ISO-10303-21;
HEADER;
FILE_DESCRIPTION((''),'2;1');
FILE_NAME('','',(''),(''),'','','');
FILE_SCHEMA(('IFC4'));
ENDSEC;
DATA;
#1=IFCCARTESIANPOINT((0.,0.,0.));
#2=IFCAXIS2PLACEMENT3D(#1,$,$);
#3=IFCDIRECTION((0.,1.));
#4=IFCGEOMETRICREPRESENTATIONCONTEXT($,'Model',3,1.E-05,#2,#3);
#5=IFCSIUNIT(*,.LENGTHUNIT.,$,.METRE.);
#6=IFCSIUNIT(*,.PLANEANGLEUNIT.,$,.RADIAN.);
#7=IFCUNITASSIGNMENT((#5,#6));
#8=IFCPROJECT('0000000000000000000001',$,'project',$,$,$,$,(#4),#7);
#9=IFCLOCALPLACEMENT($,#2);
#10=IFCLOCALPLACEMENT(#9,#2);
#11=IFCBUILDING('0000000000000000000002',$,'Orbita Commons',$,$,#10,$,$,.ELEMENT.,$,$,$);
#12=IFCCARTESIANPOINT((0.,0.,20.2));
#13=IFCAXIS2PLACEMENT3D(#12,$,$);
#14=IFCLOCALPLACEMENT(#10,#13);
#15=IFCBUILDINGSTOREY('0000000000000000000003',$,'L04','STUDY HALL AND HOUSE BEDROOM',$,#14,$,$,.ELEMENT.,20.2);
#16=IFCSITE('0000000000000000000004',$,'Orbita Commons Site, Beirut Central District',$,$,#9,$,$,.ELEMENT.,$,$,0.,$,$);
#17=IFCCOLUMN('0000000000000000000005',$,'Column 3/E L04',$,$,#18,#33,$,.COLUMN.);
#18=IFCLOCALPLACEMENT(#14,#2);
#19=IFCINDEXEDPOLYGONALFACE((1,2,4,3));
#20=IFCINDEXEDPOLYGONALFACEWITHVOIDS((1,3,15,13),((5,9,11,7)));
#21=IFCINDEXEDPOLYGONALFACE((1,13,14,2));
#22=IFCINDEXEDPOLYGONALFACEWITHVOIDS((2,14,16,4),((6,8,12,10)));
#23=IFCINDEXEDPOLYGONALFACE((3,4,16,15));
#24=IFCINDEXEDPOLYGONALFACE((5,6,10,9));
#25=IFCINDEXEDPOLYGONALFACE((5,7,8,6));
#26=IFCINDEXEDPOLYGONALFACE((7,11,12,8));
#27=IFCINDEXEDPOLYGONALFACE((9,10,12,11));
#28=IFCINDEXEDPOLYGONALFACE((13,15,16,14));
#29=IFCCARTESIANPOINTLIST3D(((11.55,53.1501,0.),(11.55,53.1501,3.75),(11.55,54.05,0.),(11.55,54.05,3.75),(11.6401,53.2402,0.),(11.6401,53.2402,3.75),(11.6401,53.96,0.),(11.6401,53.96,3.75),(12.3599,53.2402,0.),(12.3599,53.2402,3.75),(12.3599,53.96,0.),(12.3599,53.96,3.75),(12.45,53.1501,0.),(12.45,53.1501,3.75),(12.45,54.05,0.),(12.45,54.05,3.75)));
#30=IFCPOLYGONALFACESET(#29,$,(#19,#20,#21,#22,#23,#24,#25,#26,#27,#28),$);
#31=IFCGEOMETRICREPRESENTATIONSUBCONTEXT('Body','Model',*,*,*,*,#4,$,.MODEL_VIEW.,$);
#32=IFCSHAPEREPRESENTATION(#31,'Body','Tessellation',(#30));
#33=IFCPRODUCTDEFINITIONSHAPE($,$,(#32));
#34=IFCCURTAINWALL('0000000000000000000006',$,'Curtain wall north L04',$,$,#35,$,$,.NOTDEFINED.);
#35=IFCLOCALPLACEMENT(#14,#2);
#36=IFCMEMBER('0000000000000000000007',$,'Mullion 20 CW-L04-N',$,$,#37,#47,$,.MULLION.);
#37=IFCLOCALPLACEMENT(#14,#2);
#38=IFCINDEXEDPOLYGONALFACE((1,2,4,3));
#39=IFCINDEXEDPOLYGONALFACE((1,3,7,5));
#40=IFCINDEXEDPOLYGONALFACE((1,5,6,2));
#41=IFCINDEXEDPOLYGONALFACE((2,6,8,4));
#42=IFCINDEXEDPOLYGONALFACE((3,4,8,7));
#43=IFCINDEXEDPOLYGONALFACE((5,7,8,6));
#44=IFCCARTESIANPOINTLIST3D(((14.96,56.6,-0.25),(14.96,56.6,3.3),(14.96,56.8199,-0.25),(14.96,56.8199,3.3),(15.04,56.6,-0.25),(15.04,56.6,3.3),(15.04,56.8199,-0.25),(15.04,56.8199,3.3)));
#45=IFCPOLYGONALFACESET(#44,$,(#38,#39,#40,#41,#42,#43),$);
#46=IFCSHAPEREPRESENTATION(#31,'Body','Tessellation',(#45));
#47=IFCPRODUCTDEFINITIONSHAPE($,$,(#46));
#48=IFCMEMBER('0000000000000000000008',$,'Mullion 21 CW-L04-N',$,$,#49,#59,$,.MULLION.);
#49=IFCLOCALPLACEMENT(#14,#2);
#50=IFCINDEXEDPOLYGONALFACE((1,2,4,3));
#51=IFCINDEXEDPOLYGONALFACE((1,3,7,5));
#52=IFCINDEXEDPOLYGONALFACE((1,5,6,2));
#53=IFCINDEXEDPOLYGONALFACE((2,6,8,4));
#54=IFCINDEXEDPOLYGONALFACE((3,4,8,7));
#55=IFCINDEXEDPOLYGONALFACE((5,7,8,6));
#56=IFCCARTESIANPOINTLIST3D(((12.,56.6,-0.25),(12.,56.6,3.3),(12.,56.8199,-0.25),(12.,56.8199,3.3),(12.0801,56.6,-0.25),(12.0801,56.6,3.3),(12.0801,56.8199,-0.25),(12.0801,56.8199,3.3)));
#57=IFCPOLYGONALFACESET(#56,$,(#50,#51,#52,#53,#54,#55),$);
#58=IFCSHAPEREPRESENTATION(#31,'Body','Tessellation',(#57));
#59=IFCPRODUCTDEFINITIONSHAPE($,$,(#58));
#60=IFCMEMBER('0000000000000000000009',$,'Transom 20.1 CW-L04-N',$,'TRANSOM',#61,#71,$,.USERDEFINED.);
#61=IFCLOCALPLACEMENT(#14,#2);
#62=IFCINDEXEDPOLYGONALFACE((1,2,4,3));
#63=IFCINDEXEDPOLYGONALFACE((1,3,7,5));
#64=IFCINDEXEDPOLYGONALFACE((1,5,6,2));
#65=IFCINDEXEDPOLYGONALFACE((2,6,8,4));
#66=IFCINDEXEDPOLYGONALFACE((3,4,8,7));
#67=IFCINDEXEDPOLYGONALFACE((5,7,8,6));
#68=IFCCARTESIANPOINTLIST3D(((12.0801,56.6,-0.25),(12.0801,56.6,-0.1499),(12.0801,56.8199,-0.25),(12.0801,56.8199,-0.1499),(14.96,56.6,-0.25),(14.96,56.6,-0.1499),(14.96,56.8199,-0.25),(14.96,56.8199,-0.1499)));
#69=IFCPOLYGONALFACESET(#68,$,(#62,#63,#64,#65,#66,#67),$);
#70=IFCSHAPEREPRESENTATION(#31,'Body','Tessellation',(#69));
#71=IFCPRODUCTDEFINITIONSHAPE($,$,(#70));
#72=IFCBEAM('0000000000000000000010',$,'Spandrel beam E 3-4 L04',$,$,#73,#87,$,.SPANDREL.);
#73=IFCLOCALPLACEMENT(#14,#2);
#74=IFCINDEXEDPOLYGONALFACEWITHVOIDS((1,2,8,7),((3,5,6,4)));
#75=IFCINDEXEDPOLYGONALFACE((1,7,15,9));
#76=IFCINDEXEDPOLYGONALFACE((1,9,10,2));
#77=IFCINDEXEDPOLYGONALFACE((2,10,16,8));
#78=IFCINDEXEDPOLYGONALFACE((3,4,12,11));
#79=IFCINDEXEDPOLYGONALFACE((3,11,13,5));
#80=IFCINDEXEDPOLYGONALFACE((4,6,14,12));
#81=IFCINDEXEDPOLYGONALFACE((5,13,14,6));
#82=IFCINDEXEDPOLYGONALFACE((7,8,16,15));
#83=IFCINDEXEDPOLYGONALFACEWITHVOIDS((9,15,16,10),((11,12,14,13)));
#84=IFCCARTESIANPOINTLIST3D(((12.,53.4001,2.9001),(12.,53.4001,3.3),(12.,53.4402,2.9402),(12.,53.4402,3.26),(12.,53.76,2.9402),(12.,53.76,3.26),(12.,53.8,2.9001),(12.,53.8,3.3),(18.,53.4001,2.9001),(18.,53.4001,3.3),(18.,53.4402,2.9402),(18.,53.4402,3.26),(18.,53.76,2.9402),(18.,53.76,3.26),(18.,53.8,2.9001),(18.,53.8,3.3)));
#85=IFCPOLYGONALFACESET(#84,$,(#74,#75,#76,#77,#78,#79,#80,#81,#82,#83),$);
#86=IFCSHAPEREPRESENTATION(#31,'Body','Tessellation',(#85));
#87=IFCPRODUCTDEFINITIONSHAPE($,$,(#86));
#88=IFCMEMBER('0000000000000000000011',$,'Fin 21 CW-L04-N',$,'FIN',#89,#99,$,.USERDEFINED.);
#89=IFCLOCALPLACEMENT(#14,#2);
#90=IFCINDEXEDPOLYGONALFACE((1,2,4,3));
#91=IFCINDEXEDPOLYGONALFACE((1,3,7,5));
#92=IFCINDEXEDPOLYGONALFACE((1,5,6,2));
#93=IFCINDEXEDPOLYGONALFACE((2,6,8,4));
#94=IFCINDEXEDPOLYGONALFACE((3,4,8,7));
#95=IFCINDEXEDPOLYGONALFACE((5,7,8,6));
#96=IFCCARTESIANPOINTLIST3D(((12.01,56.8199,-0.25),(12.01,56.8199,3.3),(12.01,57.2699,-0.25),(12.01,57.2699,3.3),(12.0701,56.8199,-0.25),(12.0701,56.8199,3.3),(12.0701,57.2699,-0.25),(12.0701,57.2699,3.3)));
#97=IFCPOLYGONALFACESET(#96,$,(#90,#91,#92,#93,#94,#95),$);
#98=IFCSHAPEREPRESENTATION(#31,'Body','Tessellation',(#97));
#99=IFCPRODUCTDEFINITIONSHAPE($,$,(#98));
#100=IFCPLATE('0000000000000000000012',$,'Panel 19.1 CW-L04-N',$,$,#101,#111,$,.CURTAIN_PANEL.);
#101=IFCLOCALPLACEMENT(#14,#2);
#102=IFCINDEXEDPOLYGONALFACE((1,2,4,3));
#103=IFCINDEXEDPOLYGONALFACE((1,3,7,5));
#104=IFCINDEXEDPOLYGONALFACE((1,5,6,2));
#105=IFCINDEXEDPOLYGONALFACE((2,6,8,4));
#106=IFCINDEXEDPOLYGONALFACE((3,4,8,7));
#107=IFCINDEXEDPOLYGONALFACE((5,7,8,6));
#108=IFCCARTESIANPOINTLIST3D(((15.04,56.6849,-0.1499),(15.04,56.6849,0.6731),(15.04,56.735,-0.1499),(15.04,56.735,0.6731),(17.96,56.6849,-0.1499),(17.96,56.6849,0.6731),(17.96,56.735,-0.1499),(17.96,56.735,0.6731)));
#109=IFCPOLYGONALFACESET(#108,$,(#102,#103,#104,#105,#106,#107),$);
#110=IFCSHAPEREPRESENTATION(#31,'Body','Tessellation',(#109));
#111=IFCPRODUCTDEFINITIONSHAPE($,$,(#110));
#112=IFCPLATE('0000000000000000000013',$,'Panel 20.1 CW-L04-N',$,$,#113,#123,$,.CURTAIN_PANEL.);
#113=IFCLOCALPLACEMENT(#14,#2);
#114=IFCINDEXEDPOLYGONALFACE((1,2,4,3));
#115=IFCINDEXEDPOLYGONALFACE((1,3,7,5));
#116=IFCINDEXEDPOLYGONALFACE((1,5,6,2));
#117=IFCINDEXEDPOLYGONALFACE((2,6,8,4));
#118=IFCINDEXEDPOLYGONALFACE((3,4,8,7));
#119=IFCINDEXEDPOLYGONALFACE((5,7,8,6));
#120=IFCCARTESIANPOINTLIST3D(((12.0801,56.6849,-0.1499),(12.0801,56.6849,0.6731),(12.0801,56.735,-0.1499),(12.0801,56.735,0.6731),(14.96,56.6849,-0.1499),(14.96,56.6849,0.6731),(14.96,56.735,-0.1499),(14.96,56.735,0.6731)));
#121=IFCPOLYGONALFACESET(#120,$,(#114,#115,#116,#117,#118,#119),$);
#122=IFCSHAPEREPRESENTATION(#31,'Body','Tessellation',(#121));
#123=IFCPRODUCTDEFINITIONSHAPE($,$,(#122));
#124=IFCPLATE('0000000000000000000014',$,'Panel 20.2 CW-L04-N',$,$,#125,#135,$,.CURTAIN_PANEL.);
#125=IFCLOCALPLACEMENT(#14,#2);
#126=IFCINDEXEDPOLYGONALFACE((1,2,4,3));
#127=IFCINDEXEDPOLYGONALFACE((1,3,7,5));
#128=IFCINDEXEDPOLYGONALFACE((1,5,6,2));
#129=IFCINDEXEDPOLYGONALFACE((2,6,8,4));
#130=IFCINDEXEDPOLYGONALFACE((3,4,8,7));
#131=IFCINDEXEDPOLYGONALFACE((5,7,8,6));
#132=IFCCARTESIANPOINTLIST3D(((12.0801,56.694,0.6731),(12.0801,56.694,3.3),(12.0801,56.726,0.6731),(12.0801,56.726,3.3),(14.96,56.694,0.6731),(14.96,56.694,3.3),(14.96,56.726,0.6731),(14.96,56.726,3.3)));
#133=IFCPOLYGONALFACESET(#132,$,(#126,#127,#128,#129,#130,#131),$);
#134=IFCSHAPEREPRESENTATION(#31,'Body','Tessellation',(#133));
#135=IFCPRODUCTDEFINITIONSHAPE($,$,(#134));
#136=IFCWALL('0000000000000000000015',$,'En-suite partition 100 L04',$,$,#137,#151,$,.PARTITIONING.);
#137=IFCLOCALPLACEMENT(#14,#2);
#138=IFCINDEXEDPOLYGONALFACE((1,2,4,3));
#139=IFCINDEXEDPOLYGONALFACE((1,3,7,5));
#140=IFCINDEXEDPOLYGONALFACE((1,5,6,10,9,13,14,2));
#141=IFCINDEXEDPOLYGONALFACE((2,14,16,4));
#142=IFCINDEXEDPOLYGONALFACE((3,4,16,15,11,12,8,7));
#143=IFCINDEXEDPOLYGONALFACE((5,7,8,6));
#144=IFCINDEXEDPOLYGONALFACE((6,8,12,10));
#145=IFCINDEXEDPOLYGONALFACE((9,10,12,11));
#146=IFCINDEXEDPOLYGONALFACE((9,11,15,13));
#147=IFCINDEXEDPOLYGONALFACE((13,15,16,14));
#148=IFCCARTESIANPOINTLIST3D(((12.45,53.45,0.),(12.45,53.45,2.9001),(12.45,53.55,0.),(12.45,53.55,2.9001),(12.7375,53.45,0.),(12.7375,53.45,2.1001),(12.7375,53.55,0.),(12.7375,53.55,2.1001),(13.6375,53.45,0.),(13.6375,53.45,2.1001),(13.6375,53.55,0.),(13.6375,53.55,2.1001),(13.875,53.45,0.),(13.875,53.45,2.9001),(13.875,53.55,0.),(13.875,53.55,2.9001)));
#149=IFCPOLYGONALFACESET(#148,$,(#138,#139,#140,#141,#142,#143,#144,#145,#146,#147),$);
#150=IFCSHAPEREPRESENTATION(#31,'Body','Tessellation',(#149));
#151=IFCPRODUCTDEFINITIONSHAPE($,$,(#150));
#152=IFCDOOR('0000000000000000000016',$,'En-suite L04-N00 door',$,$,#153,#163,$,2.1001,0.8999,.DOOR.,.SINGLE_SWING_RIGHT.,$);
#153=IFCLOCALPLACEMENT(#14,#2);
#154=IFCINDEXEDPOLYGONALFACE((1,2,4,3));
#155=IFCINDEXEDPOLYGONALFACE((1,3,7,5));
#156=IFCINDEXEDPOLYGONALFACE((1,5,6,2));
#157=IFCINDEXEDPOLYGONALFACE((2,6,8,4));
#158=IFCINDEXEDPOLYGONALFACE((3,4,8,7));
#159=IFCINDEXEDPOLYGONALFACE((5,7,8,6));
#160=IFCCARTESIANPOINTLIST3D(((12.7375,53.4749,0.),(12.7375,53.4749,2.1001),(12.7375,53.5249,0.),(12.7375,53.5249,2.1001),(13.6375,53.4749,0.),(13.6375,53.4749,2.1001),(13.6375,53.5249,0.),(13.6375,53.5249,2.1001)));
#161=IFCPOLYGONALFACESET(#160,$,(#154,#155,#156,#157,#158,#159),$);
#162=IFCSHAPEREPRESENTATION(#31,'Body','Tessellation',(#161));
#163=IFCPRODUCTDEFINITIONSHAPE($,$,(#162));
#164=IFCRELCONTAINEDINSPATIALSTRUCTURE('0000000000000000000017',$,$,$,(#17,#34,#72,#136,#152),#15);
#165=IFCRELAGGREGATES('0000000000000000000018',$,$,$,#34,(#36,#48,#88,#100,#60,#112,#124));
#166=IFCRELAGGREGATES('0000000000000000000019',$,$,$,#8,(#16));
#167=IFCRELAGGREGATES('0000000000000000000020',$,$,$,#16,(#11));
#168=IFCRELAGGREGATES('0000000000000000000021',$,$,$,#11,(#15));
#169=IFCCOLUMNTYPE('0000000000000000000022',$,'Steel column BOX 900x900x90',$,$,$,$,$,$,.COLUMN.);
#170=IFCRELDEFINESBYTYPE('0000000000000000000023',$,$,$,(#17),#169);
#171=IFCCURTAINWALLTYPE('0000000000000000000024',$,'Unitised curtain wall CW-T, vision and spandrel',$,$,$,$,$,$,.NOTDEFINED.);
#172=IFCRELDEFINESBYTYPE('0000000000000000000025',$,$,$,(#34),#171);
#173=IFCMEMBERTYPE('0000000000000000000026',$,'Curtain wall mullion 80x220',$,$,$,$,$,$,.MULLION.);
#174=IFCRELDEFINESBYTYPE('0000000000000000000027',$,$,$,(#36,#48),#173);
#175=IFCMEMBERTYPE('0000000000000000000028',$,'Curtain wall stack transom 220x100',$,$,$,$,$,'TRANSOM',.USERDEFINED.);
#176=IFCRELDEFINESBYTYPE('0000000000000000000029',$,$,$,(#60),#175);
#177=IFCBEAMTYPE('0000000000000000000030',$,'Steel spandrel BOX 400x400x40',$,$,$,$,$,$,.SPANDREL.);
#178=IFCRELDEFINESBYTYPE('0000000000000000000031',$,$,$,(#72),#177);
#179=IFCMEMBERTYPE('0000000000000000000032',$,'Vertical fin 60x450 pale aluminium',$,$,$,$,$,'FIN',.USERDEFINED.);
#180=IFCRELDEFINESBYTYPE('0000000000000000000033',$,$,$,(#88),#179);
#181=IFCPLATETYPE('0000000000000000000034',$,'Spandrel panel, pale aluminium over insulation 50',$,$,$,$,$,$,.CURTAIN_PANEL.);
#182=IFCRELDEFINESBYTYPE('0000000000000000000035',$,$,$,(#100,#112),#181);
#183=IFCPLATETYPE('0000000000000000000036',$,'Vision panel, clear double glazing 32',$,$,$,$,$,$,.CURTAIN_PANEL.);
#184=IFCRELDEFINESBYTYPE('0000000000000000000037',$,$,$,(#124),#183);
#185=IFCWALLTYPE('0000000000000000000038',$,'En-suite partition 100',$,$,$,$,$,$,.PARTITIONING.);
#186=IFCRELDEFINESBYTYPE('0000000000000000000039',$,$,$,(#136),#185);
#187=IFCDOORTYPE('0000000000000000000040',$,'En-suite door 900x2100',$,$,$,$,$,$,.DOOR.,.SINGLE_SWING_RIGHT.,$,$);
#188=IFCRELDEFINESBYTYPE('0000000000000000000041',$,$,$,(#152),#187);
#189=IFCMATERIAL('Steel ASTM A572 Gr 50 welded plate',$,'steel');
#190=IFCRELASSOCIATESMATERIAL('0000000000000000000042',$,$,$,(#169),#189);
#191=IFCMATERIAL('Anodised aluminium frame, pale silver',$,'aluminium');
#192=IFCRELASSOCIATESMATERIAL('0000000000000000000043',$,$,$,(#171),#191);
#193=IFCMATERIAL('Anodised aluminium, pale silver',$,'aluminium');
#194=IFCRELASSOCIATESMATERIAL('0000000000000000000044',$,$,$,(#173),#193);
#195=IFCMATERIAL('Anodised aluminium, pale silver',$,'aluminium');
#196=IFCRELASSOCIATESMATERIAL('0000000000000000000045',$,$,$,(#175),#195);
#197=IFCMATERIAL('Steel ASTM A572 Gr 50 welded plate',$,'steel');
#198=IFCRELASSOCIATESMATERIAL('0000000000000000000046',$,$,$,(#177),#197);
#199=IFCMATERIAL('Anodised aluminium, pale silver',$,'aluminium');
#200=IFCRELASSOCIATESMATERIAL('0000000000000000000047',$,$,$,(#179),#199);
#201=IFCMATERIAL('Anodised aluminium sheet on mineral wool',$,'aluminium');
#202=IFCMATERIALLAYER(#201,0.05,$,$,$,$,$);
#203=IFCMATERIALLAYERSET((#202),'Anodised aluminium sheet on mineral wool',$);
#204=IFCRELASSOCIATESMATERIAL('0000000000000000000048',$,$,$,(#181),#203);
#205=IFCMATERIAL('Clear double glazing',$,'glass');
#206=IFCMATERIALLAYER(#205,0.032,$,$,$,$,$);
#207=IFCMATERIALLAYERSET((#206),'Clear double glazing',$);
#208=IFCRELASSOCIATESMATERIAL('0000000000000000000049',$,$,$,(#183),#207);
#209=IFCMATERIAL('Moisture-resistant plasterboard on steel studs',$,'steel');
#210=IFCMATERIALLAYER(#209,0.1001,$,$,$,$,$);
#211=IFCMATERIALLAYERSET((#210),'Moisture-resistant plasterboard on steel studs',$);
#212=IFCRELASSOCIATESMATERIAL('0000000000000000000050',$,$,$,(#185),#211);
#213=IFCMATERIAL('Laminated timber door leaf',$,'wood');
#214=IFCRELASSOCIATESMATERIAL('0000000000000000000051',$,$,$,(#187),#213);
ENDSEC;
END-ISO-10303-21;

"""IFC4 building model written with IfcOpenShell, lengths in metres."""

from ifc_helpers import new_model, si_unit, direction, frame, frame_2d, origin, origin_2d, place, context, subcontext, project, spatial, polyline, rectangle, hollow_rectangle, outline, extrude, material, layer, layer_set, material_profile, profile_set, type_object, element, fill, aggregate, save


model = new_model("IFC4")

# Units and contexts
model_context = context("Model", 3, precision=1e-05, world=origin(), true_north=direction((0.0, 1.0)))
body_context = subcontext(model_context, "Body", "Model", "MODEL_VIEW")
ifc_project = project(units=[si_unit("LENGTHUNIT", "METRE"), si_unit("PLANEANGLEUNIT", "RADIAN")], contexts=[model_context])

# Site, building, storey
site_placement = place(None, origin())
site = spatial("IfcSite", under=ifc_project, at=site_placement, Name="Orbita Commons Site, Beirut Central District", CompositionType="ELEMENT", RefElevation=0.0)
building_placement = place(site_placement, origin())
building = spatial("IfcBuilding", under=site, at=building_placement, Name="Orbita Commons", CompositionType="ELEMENT")
storey_placement = place(building_placement, frame((0.0, 0.0, 20.2)))
storey = spatial("IfcBuildingStorey", under=building, at=storey_placement, Name="L04", Description="STUDY HALL AND HOUSE BEDROOM", CompositionType="ELEMENT", Elevation=20.2)

# Column
ifc_material_1 = material(Name="Steel ASTM A572 Gr 50 welded plate", Category="steel")
ifc_material_profile_1 = material_profile(ifc_material_1, hollow_rectangle(XDim=0.8999, YDim=0.8999, WallThickness=0.0901, at=origin_2d()), Name="BOX 900x900x90")
ifc_profile_set_1 = profile_set([ifc_material_profile_1], Name="Steel ASTM A572 Gr 50 welded plate")
column_type = type_object("IfcColumnType", Name="Steel column BOX 900x900x90", PredefinedType="COLUMN", material=ifc_profile_set_1)
column_placement = place(storey_placement, frame((12.0, 53.6001, 0.0), z_axis=(0.0, 0.0, 1.0), x_axis=(1.0, 0.0, 0.0)))
element("IfcColumn", 1, at=column_placement, inside=storey, type_object=column_type, Name="Column 3/E L04", PredefinedType="COLUMN", context=body_context, shape_type="SweptSolid", body=[
    extrude(hollow_rectangle(XDim=0.8999, YDim=0.8999, WallThickness=0.0901, at=origin_2d()), origin(), (0.0, 0.0, 1.0), 3.75),
])

# Curtain wall, members
ifc_material_2 = material(Name="Anodised aluminium frame, pale silver", Category="aluminium")
curtain_wall_type = type_object("IfcCurtainWallType", Name="Unitised curtain wall CW-T, vision and spandrel", PredefinedType="NOTDEFINED", material=ifc_material_2)
curtain_wall_placement = place(storey_placement, origin())
curtain_wall = element("IfcCurtainWall", 2, at=curtain_wall_placement, inside=storey, type_object=curtain_wall_type, Name="Curtain wall north L04", PredefinedType="NOTDEFINED")
ifc_material_3 = material(Name="Anodised aluminium, pale silver", Category="aluminium")
ifc_material_profile_2 = material_profile(ifc_material_3, rectangle(XDim=0.0801, YDim=0.22, at=origin_2d()), Name="AL 80x220")
ifc_profile_set_2 = profile_set([ifc_material_profile_2], Name="Anodised aluminium, pale silver")
member_type_1 = type_object("IfcMemberType", Name="Curtain wall mullion 80x220", PredefinedType="MULLION", material=ifc_profile_set_2)
member_1_placement = place(storey_placement, frame((15.0, 56.71, -0.25), z_axis=(0.0, 0.0, 1.0), x_axis=(-1.0, 0.0, 0.0)))
member_1 = element("IfcMember", 3, at=member_1_placement, type_object=member_type_1, Name="Mullion 20 CW-L04-N", PredefinedType="MULLION", context=body_context, shape_type="SweptSolid", body=[
    extrude(rectangle(XDim=0.0801, YDim=0.22, at=origin_2d()), origin(), (0.0, 0.0, 1.0), 3.55),
])
member_2_placement = place(storey_placement, frame((12.04, 56.71, -0.25), z_axis=(0.0, 0.0, 1.0), x_axis=(-1.0, 0.0, 0.0)))
member_2 = element("IfcMember", 4, at=member_2_placement, type_object=member_type_1, Name="Mullion 21 CW-L04-N", PredefinedType="MULLION", context=body_context, shape_type="SweptSolid", body=[
    extrude(rectangle(XDim=0.0801, YDim=0.22, at=origin_2d()), origin(), (0.0, 0.0, 1.0), 3.55),
])
ifc_material_4 = material(Name="Anodised aluminium, pale silver", Category="aluminium")
ifc_material_profile_3 = material_profile(ifc_material_4, rectangle(XDim=0.22, YDim=0.1001, at=origin_2d()), Name="AL 220x100")
ifc_profile_set_3 = profile_set([ifc_material_profile_3], Name="Anodised aluminium, pale silver")
member_type_2 = type_object("IfcMemberType", Name="Curtain wall stack transom 220x100", ElementType="TRANSOM", PredefinedType="USERDEFINED", material=ifc_profile_set_3)
member_3_placement = place(storey_placement, frame((14.96, 56.71, -0.2), z_axis=(-1.0, 0.0, 0.0), x_axis=(0.0, -1.0, 0.0)))
member_3 = element("IfcMember", 5, at=member_3_placement, type_object=member_type_2, Name="Transom 20.1 CW-L04-N", ObjectType="TRANSOM", PredefinedType="USERDEFINED", context=body_context, shape_type="SweptSolid", body=[
    extrude(rectangle(XDim=0.22, YDim=0.1001, at=origin_2d()), origin(), (0.0, 0.0, 1.0), 2.8799),
])

# Beam
ifc_material_5 = material(Name="Steel ASTM A572 Gr 50 welded plate", Category="steel")
ifc_material_profile_4 = material_profile(ifc_material_5, hollow_rectangle(XDim=0.3999, YDim=0.3999, WallThickness=0.04, at=origin_2d()), Name="BOX 400x400x40")
ifc_profile_set_4 = profile_set([ifc_material_profile_4], Name="Steel ASTM A572 Gr 50 welded plate")
beam_type = type_object("IfcBeamType", Name="Steel spandrel BOX 400x400x40", PredefinedType="SPANDREL", material=ifc_profile_set_4)
beam_placement = place(storey_placement, frame((12.0, 53.6001, 3.1001), z_axis=(1.0, 0.0, 0.0), x_axis=(0.0, 1.0, 0.0)))
element("IfcBeam", 6, at=beam_placement, inside=storey, type_object=beam_type, Name="Spandrel beam E 3-4 L04", PredefinedType="SPANDREL", context=body_context, shape_type="SweptSolid", body=[
    extrude(hollow_rectangle(XDim=0.3999, YDim=0.3999, WallThickness=0.04, at=origin_2d()), origin(), (0.0, 0.0, 1.0), 6.0),
])

# Member
ifc_material_6 = material(Name="Anodised aluminium, pale silver", Category="aluminium")
ifc_material_profile_5 = material_profile(ifc_material_6, rectangle(XDim=0.0601, YDim=0.45, at=origin_2d()), Name="FIN 60x450")
ifc_profile_set_5 = profile_set([ifc_material_profile_5], Name="Anodised aluminium, pale silver")
member_type_3 = type_object("IfcMemberType", Name="Vertical fin 60x450 pale aluminium", ElementType="FIN", PredefinedType="USERDEFINED", material=ifc_profile_set_5)
member_4_placement = place(storey_placement, frame((12.04, 57.0449, -0.25), z_axis=(0.0, 0.0, 1.0), x_axis=(-1.0, 0.0, 0.0)))
member_4 = element("IfcMember", 7, at=member_4_placement, type_object=member_type_3, Name="Fin 21 CW-L04-N", ObjectType="FIN", PredefinedType="USERDEFINED", context=body_context, shape_type="SweptSolid", body=[
    extrude(rectangle(XDim=0.0601, YDim=0.45, at=origin_2d()), origin(), (0.0, 0.0, 1.0), 3.55),
])

# Plates
ifc_material_7 = material(Name="Anodised aluminium sheet on mineral wool", Category="aluminium")
ifc_layer_1 = layer(ifc_material_7, 0.05)
ifc_layer_set_1 = layer_set([ifc_layer_1], Name="Anodised aluminium sheet on mineral wool")
plate_type_1 = type_object("IfcPlateType", Name="Spandrel panel, pale aluminium over insulation 50", PredefinedType="CURTAIN_PANEL", material=ifc_layer_set_1)
plate_1_placement = place(storey_placement, frame((16.5, 56.71, -0.1499), z_axis=(0.0, 0.0, 1.0), x_axis=(-1.0, 0.0, 0.0)))
plate_1 = element("IfcPlate", 8, at=plate_1_placement, type_object=plate_type_1, Name="Panel 19.1 CW-L04-N", PredefinedType="CURTAIN_PANEL", context=body_context, shape_type="SweptSolid", body=[
    extrude(rectangle(XDim=2.9199, YDim=0.05, at=origin_2d()), origin(), (0.0, 0.0, 1.0), 0.823),
])
plate_2_placement = place(storey_placement, frame((13.52, 56.71, -0.1499), z_axis=(0.0, 0.0, 1.0), x_axis=(-1.0, 0.0, 0.0)))
plate_2 = element("IfcPlate", 9, at=plate_2_placement, type_object=plate_type_1, Name="Panel 20.1 CW-L04-N", PredefinedType="CURTAIN_PANEL", context=body_context, shape_type="SweptSolid", body=[
    extrude(rectangle(XDim=2.8799, YDim=0.05, at=origin_2d()), origin(), (0.0, 0.0, 1.0), 0.823),
])
ifc_material_8 = material(Name="Clear double glazing", Category="glass")
ifc_layer_2 = layer(ifc_material_8, 0.032)
ifc_layer_set_2 = layer_set([ifc_layer_2], Name="Clear double glazing")
plate_type_2 = type_object("IfcPlateType", Name="Vision panel, clear double glazing 32", PredefinedType="CURTAIN_PANEL", material=ifc_layer_set_2)
plate_3_placement = place(storey_placement, frame((13.52, 56.71, 0.6731), z_axis=(0.0, 0.0, 1.0), x_axis=(-1.0, 0.0, 0.0)))
plate_3 = element("IfcPlate", 10, at=plate_3_placement, type_object=plate_type_2, Name="Panel 20.2 CW-L04-N", PredefinedType="CURTAIN_PANEL", context=body_context, shape_type="SweptSolid", body=[
    extrude(rectangle(XDim=2.8799, YDim=0.032, at=origin_2d()), origin(), (0.0, 0.0, 1.0), 2.627),
])
aggregate(curtain_wall, [member_1, member_2, member_4, plate_1, member_3, plate_2, plate_3])

# Wall, opening, door
ifc_material_9 = material(Name="Moisture-resistant plasterboard on steel studs", Category="steel")
ifc_layer_3 = layer(ifc_material_9, 0.1001)
ifc_layer_set_3 = layer_set([ifc_layer_3], Name="Moisture-resistant plasterboard on steel studs")
wall_type_1 = type_object("IfcWallType", Name="En-suite partition 100", PredefinedType="PARTITIONING", material=ifc_layer_set_3)
wall_1_placement = place(storey_placement, frame((12.45, 53.5, 0.0), z_axis=(0.0, 0.0, 1.0), x_axis=(1.0, 0.0, 0.0)))
wall_1 = element("IfcWall", 11, at=wall_1_placement, inside=storey, type_object=wall_type_1, Name="En-suite partition 100 L04", PredefinedType="PARTITIONING", context=body_context, shape_type="SweptSolid", body=[
    extrude(outline(polyline([(0.0, 0.0), (1.425, 0.0), (1.425, 2.9001), (0.0, 2.9001), (0.0, 0.0)])), frame((0.0, 0.05, 0.0), z_axis=(0.0, -1.0, 0.0), x_axis=(1.0, 0.0, 0.0)), (0.0, 0.0, 1.0), 0.1001),
])
opening_1_placement = place(wall_1_placement, frame((0.2876, 0.0, 0.0)))
opening_1 = element("IfcOpeningElement", 12, at=opening_1_placement, cuts=wall_1, PredefinedType="OPENING", context=body_context, shape_type="SweptSolid", body=[
    extrude(rectangle(XDim=0.8999, YDim=2.1001, at=frame_2d((0.45, 1.05))), frame((0.0, 0.0601, 0.0), z_axis=(0.0, -1.0, 0.0), x_axis=(1.0, 0.0, 0.0)), (0.0, 0.0, 1.0), 0.1201),
])
ifc_material_10 = material(Name="Laminated timber door leaf", Category="wood")
door_type = type_object("IfcDoorType", Name="En-suite door 900x2100", OperationType="SINGLE_SWING_RIGHT", PredefinedType="DOOR", material=ifc_material_10)
door_1_placement = place(opening_1_placement, origin())
door_1 = element("IfcDoor", 13, at=door_1_placement, inside=storey, type_object=door_type, Name="En-suite L04-N00 door", OperationType="SINGLE_SWING_RIGHT", OverallHeight=2.1001, OverallWidth=0.8999, PredefinedType="DOOR", context=body_context, shape_type="SweptSolid", body=[
    extrude(rectangle(XDim=0.8999, YDim=2.1001, at=frame_2d((0.45, 1.05))), frame((0.0, 0.0249, 0.0), z_axis=(0.0, -1.0, 0.0), x_axis=(1.0, 0.0, 0.0)), (0.0, 0.0, 1.0), 0.05),
])
fill(opening_1, door_1)

save(model, "model.ifc")
